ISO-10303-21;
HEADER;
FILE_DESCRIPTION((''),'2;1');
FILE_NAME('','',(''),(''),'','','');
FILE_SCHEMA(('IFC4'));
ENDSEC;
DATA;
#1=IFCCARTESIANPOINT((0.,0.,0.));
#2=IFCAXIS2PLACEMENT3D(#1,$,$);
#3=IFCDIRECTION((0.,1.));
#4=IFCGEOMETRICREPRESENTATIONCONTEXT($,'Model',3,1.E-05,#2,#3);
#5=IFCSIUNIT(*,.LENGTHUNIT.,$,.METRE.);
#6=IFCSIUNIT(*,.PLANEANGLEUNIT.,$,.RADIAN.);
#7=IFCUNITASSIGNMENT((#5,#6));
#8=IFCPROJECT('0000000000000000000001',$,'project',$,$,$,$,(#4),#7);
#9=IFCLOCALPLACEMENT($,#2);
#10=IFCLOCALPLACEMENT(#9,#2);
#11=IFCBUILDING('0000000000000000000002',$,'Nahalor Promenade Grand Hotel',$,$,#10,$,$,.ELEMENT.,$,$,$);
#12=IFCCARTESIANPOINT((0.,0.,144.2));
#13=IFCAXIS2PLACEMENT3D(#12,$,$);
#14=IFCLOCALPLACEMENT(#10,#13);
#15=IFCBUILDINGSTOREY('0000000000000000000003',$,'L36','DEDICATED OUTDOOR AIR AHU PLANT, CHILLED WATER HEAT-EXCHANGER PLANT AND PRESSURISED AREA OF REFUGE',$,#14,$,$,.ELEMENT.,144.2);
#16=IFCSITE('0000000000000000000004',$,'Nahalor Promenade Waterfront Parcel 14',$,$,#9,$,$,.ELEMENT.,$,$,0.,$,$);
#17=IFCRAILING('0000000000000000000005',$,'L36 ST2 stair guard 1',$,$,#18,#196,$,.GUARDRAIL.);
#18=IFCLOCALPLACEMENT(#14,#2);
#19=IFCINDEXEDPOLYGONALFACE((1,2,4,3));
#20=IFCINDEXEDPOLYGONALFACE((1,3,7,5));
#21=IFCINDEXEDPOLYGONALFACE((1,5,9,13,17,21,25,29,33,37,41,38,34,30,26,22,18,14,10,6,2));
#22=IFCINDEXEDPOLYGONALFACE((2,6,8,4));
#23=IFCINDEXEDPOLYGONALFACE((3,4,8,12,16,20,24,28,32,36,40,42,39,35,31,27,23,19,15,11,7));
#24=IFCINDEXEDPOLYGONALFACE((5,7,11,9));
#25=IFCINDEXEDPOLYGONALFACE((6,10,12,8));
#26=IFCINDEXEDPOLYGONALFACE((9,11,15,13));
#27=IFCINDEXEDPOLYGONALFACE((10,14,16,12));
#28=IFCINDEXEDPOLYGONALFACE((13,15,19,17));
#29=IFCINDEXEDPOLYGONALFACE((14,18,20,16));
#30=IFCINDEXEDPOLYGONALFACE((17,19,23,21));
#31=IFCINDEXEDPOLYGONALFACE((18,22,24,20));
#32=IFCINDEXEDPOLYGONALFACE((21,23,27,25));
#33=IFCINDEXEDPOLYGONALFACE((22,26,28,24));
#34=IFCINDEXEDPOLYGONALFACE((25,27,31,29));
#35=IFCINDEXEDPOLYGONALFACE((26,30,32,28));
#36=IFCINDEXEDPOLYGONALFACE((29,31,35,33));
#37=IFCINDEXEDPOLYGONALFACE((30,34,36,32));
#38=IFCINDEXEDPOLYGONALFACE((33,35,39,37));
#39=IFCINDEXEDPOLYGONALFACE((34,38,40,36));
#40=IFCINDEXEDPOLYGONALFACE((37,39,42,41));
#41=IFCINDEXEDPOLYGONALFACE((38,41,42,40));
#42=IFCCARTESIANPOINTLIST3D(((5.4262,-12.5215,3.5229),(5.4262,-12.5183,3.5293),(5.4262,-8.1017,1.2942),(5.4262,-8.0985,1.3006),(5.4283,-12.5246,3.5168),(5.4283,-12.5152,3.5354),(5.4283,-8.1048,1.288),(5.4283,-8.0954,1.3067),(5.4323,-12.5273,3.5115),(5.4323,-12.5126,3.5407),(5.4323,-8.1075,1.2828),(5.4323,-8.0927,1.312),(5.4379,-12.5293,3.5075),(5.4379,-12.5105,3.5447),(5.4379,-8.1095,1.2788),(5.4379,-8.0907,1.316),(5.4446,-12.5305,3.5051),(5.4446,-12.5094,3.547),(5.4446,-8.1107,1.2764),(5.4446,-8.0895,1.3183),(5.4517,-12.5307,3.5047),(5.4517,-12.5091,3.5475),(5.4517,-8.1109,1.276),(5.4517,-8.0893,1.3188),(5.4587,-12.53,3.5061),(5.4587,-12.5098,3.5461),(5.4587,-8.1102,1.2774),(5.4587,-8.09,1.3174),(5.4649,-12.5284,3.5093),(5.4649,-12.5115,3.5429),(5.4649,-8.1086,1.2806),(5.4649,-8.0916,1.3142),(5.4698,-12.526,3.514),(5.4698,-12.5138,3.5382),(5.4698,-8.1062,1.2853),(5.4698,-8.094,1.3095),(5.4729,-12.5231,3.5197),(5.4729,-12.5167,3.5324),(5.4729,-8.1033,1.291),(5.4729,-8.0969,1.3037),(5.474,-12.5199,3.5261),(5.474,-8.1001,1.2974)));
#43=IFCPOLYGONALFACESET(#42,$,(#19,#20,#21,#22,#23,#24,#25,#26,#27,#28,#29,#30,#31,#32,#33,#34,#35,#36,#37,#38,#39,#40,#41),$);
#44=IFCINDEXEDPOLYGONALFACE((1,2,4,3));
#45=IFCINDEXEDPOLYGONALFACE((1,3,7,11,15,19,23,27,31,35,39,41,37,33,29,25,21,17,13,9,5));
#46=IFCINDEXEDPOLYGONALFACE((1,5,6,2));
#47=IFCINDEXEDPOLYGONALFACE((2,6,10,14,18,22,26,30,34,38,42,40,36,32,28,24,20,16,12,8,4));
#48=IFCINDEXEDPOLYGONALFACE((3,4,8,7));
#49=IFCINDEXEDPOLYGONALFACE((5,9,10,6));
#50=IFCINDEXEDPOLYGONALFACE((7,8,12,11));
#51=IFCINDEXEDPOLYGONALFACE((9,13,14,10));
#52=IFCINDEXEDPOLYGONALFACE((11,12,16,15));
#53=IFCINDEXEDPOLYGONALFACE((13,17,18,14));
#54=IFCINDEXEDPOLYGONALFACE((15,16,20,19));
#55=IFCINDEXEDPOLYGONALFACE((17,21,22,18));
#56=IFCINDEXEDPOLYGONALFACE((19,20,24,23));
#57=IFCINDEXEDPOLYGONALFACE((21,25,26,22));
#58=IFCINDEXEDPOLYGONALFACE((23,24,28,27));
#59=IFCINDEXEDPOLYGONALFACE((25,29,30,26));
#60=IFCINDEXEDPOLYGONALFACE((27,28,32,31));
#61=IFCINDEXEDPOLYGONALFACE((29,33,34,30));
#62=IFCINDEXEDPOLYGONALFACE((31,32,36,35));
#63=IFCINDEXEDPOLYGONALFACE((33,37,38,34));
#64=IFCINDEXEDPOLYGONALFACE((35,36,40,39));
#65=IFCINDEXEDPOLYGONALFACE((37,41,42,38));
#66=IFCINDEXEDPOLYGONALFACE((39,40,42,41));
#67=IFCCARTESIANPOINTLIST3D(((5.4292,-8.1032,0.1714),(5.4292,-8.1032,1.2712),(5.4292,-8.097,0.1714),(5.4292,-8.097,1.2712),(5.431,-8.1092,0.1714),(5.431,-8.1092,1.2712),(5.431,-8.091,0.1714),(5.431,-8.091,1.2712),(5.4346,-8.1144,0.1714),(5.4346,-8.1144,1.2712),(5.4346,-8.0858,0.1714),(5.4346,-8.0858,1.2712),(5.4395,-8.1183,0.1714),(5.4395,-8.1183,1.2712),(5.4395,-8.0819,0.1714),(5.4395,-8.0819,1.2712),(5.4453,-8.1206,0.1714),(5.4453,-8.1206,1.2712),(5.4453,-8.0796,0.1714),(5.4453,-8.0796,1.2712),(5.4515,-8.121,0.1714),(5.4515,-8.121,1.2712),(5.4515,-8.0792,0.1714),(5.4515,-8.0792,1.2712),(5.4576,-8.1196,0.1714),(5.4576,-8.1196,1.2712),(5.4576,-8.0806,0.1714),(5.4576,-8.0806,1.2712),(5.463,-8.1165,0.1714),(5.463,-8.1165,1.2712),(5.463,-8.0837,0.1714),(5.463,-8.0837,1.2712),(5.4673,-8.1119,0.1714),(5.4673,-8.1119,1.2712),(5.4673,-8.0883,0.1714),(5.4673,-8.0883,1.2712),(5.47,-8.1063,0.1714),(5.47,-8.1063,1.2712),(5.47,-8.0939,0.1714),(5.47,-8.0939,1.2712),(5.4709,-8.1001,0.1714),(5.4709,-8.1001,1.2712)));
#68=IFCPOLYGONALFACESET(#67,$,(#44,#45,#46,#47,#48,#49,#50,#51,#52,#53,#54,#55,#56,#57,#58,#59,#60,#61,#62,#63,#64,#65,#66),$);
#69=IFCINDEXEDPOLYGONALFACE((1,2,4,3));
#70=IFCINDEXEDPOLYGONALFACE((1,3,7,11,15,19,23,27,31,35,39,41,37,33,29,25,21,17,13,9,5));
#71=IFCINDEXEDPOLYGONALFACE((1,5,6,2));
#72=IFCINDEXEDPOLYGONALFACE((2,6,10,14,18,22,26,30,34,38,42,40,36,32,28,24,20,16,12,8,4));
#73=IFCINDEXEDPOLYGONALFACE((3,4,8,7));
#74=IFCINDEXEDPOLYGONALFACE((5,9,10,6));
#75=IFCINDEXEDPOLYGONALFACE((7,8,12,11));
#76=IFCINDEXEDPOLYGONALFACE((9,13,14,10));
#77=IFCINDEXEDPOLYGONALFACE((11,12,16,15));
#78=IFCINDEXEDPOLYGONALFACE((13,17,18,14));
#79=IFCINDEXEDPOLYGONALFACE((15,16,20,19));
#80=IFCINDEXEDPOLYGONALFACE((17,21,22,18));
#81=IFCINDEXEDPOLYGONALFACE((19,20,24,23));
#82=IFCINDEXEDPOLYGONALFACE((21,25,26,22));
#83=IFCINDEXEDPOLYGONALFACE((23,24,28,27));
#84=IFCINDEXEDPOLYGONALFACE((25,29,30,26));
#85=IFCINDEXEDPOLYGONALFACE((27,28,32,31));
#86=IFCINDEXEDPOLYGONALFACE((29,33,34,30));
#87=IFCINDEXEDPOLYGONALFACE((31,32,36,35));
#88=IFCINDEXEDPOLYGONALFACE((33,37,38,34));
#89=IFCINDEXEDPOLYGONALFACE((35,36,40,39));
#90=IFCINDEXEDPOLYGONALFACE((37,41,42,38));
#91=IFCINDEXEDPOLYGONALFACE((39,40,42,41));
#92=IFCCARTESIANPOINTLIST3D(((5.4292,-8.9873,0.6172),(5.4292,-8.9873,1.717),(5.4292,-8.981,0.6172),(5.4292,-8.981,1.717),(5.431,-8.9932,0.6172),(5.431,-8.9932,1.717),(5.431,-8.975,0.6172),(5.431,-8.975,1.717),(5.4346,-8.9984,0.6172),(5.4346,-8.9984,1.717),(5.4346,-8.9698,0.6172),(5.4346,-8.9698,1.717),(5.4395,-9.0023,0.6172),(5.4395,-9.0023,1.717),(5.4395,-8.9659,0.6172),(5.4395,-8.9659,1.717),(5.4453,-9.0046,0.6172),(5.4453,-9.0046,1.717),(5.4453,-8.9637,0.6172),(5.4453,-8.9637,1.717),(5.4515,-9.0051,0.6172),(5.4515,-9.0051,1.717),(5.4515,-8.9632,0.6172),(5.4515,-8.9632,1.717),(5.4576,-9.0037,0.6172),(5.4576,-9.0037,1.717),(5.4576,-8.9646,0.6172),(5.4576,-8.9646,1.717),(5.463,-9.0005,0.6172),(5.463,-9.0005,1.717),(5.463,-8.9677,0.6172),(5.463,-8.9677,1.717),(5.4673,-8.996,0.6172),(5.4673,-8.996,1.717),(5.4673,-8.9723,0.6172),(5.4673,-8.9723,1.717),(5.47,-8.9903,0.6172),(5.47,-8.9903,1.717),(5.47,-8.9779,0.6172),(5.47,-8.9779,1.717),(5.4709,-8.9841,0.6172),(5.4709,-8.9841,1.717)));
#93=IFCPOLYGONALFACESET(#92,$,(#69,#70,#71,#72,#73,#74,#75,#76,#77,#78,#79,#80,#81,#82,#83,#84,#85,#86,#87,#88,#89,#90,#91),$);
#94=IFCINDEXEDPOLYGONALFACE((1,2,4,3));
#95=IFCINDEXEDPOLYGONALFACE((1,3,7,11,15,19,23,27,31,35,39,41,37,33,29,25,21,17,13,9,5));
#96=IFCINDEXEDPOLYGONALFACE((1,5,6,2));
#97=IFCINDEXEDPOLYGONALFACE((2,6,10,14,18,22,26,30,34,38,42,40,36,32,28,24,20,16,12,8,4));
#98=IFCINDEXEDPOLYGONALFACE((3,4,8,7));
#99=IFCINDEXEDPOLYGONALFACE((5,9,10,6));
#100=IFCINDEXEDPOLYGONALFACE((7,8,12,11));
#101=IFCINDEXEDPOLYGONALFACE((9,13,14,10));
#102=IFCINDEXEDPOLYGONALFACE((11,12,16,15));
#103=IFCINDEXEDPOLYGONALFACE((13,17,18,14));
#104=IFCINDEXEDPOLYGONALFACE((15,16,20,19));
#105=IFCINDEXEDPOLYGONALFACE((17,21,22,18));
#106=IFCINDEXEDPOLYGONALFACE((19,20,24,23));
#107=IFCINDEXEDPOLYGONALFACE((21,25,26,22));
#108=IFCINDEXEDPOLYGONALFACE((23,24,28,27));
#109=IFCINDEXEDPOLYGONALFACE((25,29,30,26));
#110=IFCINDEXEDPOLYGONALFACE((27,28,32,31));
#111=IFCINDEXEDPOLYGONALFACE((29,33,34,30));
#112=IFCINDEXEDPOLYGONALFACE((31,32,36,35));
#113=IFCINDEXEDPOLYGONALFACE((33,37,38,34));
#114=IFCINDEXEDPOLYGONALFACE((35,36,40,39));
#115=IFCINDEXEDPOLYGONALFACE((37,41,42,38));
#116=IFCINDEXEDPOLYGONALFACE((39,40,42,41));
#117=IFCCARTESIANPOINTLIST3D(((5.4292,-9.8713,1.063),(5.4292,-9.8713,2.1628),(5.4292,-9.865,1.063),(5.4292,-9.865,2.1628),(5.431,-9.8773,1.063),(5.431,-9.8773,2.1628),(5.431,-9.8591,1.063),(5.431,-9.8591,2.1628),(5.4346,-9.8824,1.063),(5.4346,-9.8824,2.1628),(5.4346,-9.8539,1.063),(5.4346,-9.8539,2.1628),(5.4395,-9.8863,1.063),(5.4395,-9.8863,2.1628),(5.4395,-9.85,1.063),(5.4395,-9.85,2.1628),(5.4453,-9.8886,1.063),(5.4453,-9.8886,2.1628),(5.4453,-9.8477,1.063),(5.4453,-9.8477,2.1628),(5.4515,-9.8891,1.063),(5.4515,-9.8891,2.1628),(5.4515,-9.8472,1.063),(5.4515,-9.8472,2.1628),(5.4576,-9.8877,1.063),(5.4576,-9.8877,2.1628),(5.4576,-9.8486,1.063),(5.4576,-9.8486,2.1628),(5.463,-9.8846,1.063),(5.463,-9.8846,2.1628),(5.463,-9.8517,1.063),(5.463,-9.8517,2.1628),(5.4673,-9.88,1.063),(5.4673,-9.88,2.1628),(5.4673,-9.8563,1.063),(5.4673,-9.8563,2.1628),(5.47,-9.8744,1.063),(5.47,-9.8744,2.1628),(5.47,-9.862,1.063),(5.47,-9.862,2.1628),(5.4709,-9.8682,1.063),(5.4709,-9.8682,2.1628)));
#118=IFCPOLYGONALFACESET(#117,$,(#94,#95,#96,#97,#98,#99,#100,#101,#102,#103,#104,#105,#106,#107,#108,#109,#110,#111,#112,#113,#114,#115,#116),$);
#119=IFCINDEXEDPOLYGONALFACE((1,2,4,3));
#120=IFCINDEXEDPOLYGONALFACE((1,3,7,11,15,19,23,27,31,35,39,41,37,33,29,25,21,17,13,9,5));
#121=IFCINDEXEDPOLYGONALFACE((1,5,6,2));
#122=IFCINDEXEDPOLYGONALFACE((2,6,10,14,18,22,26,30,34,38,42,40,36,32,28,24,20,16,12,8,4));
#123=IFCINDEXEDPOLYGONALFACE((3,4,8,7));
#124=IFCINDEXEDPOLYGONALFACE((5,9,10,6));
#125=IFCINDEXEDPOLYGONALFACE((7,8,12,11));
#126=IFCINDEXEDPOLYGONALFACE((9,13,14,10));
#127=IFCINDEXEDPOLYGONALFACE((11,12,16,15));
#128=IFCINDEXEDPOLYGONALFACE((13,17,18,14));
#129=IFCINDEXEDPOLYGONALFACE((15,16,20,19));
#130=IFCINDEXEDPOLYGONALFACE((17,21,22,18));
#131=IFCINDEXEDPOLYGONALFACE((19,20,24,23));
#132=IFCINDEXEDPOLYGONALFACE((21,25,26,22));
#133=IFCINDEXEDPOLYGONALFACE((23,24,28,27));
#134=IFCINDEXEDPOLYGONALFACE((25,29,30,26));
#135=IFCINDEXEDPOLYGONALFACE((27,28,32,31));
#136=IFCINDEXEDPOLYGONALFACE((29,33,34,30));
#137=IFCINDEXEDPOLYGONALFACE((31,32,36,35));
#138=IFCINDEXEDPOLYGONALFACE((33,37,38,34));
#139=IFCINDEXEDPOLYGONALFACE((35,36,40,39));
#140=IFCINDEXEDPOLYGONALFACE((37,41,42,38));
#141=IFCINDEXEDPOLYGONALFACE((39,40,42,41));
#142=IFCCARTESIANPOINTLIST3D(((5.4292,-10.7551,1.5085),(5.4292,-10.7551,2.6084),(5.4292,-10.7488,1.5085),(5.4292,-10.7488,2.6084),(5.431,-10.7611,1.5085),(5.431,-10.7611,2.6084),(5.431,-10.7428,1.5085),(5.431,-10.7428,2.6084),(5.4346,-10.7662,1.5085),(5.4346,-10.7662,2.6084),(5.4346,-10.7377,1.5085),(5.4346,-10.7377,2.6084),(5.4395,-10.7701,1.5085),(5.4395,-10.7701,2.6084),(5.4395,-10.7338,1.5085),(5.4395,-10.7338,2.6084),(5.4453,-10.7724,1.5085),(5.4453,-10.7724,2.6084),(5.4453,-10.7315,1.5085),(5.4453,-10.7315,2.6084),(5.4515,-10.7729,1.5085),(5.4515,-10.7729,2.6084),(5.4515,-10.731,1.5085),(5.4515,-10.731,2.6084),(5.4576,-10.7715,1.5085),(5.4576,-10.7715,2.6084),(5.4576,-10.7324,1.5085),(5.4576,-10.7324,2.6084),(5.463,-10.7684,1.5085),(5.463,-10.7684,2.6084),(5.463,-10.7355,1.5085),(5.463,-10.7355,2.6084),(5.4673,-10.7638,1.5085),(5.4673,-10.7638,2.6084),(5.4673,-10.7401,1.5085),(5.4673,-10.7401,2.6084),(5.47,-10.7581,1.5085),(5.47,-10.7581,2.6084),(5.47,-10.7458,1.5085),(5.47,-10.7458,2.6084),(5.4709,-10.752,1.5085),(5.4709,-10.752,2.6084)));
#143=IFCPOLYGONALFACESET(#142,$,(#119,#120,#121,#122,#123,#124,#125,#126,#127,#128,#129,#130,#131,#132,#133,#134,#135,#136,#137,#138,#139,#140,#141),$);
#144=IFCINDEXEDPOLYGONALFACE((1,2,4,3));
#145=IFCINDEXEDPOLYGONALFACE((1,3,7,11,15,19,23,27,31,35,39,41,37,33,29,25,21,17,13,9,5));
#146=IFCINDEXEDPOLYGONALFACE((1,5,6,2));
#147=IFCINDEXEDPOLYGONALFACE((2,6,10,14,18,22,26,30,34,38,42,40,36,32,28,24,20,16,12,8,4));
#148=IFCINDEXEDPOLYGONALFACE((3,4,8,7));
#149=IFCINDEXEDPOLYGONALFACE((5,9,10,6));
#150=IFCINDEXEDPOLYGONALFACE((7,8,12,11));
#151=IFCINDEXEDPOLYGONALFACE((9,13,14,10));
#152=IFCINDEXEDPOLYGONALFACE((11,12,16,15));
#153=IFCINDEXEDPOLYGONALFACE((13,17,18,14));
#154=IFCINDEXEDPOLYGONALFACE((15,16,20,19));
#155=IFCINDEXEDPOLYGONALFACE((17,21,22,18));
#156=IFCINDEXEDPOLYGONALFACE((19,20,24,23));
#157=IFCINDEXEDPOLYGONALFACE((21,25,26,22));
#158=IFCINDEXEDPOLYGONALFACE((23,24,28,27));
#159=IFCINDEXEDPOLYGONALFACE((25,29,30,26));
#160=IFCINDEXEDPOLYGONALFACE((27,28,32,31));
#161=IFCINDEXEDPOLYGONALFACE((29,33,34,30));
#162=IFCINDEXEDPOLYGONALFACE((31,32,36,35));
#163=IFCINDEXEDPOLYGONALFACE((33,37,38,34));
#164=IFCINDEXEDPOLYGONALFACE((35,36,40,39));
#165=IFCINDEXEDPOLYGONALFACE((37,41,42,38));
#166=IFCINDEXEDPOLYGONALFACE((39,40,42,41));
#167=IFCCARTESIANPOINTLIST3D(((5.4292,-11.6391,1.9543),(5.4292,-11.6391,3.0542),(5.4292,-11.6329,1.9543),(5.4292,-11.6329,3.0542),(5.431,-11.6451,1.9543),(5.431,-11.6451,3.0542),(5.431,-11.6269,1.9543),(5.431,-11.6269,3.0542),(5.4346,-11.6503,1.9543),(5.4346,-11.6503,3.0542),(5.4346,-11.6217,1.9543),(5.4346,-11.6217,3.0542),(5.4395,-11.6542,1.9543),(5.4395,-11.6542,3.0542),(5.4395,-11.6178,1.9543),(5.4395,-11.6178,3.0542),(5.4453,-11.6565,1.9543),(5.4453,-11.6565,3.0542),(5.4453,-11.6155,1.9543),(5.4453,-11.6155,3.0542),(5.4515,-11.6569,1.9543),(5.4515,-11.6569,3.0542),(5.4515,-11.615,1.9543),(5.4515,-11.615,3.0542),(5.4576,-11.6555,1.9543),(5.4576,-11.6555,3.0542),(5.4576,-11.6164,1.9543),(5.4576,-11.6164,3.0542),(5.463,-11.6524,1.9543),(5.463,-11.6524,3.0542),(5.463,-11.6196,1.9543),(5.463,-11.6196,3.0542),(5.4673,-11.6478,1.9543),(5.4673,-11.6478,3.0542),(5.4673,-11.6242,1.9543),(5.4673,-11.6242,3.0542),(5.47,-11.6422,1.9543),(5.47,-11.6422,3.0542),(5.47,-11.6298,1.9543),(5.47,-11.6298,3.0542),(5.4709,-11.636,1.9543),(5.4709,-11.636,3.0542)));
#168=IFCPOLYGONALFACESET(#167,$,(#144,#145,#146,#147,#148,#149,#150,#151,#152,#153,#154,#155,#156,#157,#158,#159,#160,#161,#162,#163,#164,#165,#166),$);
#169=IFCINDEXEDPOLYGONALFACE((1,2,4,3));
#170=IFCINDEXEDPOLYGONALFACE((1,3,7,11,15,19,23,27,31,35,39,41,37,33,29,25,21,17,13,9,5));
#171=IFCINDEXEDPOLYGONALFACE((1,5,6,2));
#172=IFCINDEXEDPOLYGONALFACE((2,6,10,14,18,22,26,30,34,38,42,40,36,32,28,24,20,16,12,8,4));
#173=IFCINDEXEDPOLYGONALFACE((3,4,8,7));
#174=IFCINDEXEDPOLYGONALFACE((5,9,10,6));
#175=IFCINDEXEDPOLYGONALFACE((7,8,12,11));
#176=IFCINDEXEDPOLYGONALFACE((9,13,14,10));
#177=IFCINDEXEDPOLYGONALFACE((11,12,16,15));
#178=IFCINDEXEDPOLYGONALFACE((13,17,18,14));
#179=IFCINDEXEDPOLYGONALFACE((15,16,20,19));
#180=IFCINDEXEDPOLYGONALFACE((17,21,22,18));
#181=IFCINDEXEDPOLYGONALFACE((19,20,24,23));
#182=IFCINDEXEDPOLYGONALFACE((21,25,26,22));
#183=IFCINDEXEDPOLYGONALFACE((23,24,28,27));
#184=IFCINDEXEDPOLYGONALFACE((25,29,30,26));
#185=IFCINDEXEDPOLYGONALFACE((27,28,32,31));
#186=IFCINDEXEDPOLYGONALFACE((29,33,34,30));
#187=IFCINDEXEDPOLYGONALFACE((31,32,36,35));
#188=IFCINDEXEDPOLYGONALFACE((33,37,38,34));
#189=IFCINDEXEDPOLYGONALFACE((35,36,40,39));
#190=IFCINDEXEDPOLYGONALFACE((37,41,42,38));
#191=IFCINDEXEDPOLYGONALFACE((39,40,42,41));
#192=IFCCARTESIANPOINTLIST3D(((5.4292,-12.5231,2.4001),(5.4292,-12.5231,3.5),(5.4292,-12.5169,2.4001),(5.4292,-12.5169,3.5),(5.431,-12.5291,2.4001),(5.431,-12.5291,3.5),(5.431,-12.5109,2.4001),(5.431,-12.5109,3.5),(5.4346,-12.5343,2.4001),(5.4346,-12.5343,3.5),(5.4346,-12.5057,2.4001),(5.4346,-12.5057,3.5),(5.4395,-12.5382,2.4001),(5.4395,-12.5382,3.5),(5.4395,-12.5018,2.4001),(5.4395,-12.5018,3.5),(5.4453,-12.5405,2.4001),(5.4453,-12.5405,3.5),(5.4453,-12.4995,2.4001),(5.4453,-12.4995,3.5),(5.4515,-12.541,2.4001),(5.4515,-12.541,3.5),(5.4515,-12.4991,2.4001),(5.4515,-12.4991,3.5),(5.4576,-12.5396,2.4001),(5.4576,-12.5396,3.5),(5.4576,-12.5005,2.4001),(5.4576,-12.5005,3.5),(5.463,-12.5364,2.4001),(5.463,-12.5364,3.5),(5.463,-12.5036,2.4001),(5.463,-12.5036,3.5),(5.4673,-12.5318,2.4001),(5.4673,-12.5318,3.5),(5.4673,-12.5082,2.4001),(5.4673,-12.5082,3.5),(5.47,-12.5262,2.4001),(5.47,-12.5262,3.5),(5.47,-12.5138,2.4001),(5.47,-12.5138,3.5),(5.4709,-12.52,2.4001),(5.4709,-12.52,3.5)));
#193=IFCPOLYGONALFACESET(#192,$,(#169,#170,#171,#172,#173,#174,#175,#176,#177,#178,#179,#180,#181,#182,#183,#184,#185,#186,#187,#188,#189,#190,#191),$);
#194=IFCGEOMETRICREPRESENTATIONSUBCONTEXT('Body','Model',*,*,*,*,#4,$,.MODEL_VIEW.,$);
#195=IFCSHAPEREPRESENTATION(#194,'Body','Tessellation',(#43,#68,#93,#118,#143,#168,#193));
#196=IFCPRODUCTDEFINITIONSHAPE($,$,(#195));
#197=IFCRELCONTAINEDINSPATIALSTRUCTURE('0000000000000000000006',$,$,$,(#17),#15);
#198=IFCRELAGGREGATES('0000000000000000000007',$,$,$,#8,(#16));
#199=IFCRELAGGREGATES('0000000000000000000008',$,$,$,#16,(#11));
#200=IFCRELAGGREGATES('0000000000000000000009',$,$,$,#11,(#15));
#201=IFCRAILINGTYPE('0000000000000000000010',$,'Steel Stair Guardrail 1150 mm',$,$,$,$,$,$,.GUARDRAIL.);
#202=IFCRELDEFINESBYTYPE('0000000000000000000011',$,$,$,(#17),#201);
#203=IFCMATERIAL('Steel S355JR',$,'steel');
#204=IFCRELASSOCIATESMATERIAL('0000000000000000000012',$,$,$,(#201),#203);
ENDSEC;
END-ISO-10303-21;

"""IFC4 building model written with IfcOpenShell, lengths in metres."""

from ifc_helpers import new_model, si_unit, direction, frame, origin, origin_2d, place, context, subcontext, project, spatial, circle, extrude, material, type_object, element, save


model = new_model("IFC4")

# Units and contexts
model_context = context("Model", 3, precision=1e-05, world=origin(), true_north=direction((0.0, 1.0)))
body_context = subcontext(model_context, "Body", "Model", "MODEL_VIEW")
ifc_project = project(units=[si_unit("LENGTHUNIT", "METRE"), si_unit("PLANEANGLEUNIT", "RADIAN")], contexts=[model_context])

# Site, building, storey
site_placement = place(None, origin())
site = spatial("IfcSite", under=ifc_project, at=site_placement, Name="Nahalor Promenade Waterfront Parcel 14", CompositionType="ELEMENT", RefElevation=0.0)
building_placement = place(site_placement, origin())
building = spatial("IfcBuilding", under=site, at=building_placement, Name="Nahalor Promenade Grand Hotel", CompositionType="ELEMENT")
storey_placement = place(building_placement, frame((0.0, 0.0, 144.2)))
storey = spatial("IfcBuildingStorey", under=building, at=storey_placement, Name="L36", Description="DEDICATED OUTDOOR AIR AHU PLANT, CHILLED WATER HEAT-EXCHANGER PLANT AND PRESSURISED AREA OF REFUGE", CompositionType="ELEMENT", Elevation=144.2)

# Shared definitions
ifc_material_1 = material(Name="Steel S355JR", Category="steel")

# Railing
railing_type_1 = type_object("IfcRailingType", Name="Steel Stair Guardrail 1150 mm", PredefinedType="GUARDRAIL", material=ifc_material_1)
railing_1_placement = place(storey_placement, frame((5.45, -8.1001, 0.1714)))
element("IfcRailing", 1, at=railing_1_placement, inside=storey, type_object=railing_type_1, Name="L36 ST2 stair guard 1", PredefinedType="GUARDRAIL", context=body_context, shape_type="SweptSolid", body=[
    extrude(circle(Radius=0.024, at=origin_2d()), frame((0.0, 0.0, 1.126), z_axis=(0.0, -0.892903, 0.450249), x_axis=(1.0, 0.0, 0.0)), (0.0, 0.0, 1.0), 4.95),
    extrude(circle(Radius=0.021, at=origin_2d()), origin(), (0.0, 0.0, 1.0), 1.0999),
    extrude(circle(Radius=0.021, at=origin_2d()), frame((0.0, -0.884, 0.4458)), (0.0, 0.0, 1.0), 1.0999),
    extrude(circle(Radius=0.021, at=origin_2d()), frame((0.0, -1.7681, 0.8916)), (0.0, 0.0, 1.0), 1.0999),
    extrude(circle(Radius=0.021, at=origin_2d()), frame((0.0, -2.6519, 1.3372)), (0.0, 0.0, 1.0), 1.0999),
    extrude(circle(Radius=0.021, at=origin_2d()), frame((0.0, -3.5359, 1.783)), (0.0, 0.0, 1.0), 1.0999),
    extrude(circle(Radius=0.021, at=origin_2d()), frame((0.0, -4.4199, 2.2288)), (0.0, 0.0, 1.0), 1.0999),
])

save(model, "model.ifc")
